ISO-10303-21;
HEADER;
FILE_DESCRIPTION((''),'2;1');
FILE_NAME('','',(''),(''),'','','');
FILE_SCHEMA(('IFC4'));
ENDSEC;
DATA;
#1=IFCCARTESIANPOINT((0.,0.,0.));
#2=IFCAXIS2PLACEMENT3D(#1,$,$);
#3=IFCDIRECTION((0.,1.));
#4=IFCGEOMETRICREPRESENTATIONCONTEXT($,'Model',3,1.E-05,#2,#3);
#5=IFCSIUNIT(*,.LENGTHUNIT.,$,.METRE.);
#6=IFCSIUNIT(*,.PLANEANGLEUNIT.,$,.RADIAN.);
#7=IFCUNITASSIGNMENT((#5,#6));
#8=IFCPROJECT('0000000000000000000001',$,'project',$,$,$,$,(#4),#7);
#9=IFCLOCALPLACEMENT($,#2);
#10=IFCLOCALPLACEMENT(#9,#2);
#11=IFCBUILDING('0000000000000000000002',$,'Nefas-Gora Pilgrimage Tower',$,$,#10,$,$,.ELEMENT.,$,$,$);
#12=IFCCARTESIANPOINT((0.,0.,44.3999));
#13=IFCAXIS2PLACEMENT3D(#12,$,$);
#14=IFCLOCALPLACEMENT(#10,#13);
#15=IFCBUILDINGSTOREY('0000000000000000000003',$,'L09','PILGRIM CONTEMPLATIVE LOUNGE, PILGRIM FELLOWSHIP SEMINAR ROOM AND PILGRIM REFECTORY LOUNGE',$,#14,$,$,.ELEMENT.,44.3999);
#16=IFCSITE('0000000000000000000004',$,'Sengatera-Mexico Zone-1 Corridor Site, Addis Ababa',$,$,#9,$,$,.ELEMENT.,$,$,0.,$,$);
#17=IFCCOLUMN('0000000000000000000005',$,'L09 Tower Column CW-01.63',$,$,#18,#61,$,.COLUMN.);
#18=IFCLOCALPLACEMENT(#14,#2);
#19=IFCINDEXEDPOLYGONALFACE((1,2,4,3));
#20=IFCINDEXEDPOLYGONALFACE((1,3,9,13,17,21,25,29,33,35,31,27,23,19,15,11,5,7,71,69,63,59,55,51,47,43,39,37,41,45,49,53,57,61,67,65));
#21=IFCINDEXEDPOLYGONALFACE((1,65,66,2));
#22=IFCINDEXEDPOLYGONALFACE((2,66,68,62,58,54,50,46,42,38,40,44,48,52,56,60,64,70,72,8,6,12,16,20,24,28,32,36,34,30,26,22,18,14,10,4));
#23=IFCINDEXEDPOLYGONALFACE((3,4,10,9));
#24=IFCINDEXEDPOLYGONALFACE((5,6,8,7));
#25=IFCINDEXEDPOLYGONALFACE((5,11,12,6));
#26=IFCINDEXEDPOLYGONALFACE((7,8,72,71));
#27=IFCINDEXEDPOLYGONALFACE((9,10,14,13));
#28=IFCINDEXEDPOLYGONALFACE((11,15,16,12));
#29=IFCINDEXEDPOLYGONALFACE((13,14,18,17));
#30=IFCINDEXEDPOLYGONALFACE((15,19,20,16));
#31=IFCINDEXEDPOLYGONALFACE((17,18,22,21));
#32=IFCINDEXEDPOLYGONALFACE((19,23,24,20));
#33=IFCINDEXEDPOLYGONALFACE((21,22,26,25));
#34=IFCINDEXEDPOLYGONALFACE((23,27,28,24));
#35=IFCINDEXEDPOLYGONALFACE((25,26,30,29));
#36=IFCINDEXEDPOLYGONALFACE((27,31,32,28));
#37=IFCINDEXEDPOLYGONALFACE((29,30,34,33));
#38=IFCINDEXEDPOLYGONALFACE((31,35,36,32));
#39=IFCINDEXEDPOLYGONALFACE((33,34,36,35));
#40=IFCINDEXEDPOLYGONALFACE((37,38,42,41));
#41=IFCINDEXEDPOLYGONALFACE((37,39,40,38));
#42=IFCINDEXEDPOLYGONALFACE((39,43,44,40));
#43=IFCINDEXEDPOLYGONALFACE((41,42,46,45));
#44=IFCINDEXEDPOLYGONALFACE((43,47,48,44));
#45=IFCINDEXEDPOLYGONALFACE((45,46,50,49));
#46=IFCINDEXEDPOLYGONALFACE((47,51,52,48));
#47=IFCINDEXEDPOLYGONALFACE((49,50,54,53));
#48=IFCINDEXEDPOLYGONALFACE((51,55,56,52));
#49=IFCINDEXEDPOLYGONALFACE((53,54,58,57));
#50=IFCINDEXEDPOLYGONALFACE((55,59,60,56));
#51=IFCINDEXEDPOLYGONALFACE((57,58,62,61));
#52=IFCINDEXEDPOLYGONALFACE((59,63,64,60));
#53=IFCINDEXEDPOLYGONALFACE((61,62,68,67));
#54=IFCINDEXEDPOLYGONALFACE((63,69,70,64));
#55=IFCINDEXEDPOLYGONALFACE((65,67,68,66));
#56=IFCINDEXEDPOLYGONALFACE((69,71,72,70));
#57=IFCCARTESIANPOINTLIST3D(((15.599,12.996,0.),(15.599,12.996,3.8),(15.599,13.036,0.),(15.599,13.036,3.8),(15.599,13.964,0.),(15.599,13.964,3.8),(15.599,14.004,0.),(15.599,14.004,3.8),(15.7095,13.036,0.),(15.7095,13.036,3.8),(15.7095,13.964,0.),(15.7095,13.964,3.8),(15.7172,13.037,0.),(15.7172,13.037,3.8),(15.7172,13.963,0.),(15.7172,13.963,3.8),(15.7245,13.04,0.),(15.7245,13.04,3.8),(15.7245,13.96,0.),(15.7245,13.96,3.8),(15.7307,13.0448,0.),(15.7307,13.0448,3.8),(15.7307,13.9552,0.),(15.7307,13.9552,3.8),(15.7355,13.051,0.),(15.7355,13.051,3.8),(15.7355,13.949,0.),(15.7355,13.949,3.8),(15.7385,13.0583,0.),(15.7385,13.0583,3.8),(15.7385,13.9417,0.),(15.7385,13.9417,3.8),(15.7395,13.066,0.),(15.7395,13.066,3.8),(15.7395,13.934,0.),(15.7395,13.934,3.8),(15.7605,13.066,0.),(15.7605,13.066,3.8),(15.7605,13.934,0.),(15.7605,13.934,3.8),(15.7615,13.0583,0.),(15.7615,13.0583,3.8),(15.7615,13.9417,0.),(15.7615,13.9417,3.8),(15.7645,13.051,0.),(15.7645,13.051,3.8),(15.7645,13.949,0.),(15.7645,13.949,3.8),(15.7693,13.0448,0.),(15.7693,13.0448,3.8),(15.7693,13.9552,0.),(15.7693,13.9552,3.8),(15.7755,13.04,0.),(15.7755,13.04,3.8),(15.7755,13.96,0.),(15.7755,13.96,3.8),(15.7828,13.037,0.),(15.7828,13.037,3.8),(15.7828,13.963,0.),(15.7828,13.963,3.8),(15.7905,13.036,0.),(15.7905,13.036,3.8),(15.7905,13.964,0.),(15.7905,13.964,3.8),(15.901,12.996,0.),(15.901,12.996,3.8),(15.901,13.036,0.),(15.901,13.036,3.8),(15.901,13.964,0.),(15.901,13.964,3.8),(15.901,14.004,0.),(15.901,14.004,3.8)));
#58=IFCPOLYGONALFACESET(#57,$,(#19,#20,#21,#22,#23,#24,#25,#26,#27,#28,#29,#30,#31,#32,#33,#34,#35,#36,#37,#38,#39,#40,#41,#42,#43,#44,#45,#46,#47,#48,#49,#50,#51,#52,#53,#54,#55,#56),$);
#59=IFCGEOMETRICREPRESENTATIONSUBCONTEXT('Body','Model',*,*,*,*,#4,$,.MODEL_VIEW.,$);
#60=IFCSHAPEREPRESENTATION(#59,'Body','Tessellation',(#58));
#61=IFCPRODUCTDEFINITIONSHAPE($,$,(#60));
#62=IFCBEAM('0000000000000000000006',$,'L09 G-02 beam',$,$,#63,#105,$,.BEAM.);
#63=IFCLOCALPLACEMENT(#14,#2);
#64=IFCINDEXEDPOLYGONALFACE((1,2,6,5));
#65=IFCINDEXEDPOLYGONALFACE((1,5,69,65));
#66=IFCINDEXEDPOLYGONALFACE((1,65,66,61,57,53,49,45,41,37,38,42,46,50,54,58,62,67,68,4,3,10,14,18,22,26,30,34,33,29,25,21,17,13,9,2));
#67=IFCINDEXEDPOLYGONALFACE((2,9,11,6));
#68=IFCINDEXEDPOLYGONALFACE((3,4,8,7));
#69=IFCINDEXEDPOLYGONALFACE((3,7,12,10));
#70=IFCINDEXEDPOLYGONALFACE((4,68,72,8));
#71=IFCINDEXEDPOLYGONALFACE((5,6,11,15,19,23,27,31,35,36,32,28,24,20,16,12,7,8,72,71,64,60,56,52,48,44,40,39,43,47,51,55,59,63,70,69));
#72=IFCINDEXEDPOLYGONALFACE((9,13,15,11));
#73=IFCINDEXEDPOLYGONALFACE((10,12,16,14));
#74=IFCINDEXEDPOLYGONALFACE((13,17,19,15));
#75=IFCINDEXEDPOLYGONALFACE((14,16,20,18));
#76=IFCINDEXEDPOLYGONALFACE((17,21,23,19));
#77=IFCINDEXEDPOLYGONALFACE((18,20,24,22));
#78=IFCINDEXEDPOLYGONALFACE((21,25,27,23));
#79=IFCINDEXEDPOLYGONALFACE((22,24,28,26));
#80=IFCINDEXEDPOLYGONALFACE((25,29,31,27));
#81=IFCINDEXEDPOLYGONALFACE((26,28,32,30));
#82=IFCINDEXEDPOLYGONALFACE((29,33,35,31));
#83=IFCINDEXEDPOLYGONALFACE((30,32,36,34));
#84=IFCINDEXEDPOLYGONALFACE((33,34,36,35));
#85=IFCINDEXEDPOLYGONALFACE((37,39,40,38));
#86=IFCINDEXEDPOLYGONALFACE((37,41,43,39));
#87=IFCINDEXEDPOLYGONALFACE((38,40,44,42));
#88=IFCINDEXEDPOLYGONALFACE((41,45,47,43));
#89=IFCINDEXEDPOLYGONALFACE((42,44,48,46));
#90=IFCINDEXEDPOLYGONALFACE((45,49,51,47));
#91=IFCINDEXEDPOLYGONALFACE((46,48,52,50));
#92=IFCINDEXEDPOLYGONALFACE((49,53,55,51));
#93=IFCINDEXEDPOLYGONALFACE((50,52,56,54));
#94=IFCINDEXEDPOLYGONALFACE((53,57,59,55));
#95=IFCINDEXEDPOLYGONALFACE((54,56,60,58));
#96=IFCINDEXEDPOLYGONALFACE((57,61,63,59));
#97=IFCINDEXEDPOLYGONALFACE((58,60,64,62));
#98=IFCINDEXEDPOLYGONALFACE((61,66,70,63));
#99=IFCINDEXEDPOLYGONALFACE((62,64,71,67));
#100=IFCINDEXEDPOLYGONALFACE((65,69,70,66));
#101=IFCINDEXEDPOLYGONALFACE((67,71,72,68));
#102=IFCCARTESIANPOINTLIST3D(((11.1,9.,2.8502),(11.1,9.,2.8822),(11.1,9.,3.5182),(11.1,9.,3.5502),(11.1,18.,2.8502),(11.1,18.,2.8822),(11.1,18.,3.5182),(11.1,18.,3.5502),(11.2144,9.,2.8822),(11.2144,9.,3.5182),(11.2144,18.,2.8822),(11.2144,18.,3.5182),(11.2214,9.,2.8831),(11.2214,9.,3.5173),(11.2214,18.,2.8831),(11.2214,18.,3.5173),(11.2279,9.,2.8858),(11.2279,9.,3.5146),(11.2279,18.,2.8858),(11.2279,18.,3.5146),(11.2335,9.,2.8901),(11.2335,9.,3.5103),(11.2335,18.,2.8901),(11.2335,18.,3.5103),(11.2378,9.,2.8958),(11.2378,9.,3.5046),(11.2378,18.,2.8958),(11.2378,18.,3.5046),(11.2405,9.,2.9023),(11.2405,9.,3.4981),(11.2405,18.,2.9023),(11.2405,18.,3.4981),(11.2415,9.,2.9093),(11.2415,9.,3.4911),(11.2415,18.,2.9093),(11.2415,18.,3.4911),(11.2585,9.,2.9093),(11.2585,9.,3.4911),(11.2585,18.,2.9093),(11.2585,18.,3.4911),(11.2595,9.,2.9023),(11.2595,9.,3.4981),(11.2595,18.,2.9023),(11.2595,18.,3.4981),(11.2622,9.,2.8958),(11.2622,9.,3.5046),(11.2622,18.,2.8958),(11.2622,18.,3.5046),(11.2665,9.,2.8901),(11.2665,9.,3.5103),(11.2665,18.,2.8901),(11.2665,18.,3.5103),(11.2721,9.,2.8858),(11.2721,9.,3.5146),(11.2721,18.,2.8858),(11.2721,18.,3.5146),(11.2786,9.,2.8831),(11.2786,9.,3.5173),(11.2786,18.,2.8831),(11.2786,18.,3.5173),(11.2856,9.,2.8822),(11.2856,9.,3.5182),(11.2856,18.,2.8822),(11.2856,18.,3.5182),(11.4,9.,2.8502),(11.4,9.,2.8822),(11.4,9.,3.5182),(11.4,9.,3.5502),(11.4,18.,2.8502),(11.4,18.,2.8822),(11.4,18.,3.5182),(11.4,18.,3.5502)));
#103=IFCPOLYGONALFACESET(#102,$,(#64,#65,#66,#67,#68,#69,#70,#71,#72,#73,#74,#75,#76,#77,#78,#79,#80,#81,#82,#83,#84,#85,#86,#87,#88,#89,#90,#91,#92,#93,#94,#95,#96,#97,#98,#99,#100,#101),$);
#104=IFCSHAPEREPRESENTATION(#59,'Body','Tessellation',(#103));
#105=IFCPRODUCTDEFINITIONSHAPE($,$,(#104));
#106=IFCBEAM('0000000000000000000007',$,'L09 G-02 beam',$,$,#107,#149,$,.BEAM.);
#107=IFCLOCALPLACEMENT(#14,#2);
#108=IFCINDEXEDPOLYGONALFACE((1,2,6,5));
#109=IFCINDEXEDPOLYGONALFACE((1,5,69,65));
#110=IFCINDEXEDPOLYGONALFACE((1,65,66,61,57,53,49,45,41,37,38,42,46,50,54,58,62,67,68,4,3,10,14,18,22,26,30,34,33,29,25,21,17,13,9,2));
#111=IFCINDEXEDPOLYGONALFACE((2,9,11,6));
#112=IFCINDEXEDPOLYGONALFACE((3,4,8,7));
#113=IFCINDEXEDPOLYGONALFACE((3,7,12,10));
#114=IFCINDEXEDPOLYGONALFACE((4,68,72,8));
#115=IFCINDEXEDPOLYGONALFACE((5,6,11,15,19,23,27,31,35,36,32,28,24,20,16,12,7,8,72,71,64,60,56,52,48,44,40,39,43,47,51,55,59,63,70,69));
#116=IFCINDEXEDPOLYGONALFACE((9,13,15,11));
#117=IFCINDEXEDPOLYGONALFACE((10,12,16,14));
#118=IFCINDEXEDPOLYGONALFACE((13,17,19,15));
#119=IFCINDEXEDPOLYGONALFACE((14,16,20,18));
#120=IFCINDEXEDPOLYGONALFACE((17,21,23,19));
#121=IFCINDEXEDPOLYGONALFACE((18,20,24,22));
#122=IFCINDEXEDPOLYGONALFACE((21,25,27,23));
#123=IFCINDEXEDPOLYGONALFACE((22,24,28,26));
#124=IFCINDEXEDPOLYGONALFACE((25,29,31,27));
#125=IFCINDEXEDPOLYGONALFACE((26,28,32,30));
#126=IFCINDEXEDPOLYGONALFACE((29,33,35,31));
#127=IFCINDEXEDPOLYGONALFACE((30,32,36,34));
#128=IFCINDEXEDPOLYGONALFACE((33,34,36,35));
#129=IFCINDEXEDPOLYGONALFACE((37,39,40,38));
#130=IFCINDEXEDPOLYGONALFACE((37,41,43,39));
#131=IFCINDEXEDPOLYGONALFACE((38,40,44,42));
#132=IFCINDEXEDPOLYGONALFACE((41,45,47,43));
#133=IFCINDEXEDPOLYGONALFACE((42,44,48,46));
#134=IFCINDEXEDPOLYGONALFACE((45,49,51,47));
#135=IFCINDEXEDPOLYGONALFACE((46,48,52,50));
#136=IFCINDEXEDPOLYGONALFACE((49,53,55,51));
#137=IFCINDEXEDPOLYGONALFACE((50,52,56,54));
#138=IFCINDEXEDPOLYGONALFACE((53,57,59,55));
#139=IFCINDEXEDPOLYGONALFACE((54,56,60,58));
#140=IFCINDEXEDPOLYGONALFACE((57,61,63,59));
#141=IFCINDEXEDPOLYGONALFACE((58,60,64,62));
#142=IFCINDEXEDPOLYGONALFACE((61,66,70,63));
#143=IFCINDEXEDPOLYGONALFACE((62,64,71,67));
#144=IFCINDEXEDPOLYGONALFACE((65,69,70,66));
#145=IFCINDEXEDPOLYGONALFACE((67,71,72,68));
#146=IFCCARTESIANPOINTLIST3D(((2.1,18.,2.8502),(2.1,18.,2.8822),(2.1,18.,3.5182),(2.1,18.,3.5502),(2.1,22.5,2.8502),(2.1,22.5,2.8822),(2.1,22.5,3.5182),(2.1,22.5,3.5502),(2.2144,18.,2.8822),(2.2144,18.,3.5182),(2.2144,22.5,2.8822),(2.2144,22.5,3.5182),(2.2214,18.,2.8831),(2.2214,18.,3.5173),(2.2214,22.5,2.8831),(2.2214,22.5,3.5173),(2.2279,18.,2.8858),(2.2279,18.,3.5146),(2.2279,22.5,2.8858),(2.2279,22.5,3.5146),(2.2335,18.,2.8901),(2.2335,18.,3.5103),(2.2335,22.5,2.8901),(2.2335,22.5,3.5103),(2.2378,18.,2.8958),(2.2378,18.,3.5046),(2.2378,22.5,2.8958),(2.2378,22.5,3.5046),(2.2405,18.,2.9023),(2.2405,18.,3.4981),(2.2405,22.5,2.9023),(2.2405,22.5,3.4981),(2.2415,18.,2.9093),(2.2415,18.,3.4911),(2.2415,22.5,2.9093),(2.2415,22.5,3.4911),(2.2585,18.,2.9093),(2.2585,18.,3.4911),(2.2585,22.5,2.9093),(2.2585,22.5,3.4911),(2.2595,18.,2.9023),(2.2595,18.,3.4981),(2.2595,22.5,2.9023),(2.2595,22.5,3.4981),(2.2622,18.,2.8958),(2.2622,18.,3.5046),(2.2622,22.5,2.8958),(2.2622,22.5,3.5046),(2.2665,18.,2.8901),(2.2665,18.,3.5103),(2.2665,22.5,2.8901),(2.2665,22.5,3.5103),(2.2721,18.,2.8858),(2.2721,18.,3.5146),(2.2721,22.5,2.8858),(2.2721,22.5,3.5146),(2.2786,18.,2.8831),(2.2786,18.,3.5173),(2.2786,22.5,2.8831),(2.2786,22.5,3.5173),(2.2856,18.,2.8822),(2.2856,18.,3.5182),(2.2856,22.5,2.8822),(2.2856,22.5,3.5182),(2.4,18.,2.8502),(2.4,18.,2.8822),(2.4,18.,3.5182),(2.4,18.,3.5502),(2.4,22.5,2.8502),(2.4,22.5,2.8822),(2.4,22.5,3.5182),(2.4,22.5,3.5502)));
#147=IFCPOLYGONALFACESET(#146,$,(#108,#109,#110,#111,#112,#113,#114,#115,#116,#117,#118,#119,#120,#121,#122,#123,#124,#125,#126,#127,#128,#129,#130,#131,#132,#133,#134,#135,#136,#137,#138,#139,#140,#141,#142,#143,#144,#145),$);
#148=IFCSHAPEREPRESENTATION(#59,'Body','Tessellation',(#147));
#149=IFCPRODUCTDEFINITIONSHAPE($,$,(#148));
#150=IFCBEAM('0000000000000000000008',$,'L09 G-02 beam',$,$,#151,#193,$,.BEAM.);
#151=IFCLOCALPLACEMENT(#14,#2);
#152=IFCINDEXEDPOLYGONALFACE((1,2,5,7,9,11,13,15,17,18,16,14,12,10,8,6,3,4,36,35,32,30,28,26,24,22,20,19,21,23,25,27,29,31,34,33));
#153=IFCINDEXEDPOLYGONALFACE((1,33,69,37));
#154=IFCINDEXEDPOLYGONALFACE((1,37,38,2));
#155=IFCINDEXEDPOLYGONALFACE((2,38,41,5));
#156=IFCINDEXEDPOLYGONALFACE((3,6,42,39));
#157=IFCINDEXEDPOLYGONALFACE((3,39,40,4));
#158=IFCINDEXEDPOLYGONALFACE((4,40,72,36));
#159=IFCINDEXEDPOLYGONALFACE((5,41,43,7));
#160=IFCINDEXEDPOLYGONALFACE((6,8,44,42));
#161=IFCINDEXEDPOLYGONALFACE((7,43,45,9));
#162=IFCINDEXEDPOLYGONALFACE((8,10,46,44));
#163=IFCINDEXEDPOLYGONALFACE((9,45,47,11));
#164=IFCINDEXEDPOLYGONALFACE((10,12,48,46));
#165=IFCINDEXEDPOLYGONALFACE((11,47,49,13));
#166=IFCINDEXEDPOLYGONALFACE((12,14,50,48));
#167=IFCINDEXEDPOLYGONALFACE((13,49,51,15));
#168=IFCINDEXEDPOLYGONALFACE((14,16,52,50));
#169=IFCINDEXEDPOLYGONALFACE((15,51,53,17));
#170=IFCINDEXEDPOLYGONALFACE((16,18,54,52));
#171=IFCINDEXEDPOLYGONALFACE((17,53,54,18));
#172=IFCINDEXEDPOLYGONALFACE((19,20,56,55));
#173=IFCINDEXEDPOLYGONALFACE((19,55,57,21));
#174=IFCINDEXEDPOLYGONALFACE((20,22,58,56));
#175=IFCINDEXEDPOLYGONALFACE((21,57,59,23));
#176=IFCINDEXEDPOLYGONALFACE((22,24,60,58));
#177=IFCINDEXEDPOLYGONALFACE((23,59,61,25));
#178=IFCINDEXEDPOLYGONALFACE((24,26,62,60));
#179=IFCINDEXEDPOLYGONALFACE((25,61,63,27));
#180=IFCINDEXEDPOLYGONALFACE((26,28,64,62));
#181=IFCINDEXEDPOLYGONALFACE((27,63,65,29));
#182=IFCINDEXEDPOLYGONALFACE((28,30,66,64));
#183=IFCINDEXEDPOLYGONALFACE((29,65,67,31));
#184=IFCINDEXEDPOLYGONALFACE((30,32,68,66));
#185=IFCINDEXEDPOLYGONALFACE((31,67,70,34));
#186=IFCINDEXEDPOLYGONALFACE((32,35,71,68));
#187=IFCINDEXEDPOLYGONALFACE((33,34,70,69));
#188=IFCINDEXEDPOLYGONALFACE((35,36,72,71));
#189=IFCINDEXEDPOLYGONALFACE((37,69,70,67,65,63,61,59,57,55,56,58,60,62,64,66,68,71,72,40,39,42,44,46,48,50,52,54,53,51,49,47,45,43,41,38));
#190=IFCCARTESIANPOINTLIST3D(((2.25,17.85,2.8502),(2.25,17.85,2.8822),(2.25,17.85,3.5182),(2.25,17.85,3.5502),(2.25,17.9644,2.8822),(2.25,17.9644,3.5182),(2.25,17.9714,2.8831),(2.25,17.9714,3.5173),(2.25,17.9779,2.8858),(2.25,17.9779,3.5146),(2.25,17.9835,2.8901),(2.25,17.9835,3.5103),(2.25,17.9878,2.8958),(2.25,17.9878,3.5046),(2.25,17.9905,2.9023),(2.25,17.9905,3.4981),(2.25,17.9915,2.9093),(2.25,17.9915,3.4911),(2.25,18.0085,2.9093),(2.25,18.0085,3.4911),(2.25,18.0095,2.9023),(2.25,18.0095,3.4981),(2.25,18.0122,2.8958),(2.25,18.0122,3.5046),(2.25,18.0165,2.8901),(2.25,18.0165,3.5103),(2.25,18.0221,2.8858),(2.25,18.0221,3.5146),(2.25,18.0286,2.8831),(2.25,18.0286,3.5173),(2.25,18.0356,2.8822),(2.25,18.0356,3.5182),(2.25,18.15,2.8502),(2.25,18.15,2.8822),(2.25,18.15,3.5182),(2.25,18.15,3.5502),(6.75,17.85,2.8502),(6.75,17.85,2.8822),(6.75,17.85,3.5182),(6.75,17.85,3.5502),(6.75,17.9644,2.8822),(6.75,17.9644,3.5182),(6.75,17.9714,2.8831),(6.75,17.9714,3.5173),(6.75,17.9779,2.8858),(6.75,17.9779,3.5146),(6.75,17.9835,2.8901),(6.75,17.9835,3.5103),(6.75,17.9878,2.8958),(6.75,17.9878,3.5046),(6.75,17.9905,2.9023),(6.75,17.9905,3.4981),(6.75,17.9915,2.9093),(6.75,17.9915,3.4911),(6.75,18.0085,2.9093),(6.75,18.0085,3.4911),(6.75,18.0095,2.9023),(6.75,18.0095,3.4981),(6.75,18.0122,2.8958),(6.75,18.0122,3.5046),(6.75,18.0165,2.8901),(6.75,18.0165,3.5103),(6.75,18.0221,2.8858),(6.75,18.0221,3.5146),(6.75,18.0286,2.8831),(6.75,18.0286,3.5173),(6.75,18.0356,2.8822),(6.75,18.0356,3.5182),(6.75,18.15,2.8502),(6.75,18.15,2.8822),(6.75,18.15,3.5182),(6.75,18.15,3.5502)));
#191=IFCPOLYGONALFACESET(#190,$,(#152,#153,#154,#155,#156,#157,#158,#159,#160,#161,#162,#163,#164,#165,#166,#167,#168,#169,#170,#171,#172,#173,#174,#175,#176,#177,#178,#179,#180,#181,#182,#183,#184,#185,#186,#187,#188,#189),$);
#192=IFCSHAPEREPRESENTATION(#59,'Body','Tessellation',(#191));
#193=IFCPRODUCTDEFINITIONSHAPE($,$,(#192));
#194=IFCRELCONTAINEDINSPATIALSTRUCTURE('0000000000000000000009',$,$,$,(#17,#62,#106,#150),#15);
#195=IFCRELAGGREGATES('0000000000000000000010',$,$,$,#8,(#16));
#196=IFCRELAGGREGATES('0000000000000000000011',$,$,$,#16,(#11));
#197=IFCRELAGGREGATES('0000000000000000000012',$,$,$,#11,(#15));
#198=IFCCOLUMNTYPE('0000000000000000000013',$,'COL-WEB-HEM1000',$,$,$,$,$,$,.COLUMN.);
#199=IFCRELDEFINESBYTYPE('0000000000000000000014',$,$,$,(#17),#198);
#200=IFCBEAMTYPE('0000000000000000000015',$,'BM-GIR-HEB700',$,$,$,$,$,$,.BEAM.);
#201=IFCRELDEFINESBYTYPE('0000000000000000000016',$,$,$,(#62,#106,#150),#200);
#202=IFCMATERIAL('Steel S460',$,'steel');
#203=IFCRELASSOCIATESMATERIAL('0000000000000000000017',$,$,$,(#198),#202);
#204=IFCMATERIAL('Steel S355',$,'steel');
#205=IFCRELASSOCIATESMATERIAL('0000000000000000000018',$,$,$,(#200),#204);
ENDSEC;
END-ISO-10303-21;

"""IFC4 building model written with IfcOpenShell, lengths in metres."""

from ifc_helpers import new_model, si_unit, direction, frame, origin, origin_2d, place, context, subcontext, project, spatial, i_section, extrude, source, transform, mapped, material, material_profile, profile_set, type_object, element, save


model = new_model("IFC4")

# Units and contexts
model_context = context("Model", 3, precision=1e-05, world=origin(), true_north=direction((0.0, 1.0)))
body_context = subcontext(model_context, "Body", "Model", "MODEL_VIEW")
ifc_project = project(units=[si_unit("LENGTHUNIT", "METRE"), si_unit("PLANEANGLEUNIT", "RADIAN")], contexts=[model_context])

# Site, building, storey
site_placement = place(None, origin())
site = spatial("IfcSite", under=ifc_project, at=site_placement, Name="Sengatera-Mexico Zone-1 Corridor Site, Addis Ababa", CompositionType="ELEMENT", RefElevation=0.0)
building_placement = place(site_placement, origin())
building = spatial("IfcBuilding", under=site, at=building_placement, Name="Nefas-Gora Pilgrimage Tower", CompositionType="ELEMENT")
storey_placement = place(building_placement, frame((0.0, 0.0, 44.3999)))
storey = spatial("IfcBuildingStorey", under=building, at=storey_placement, Name="L09", Description="PILGRIM CONTEMPLATIVE LOUNGE, PILGRIM FELLOWSHIP SEMINAR ROOM AND PILGRIM REFECTORY LOUNGE", CompositionType="ELEMENT", Elevation=44.3999)

# Column
ifc_material_1 = material(Name="Steel S460", Category="steel")
ifc_material_profile_1 = material_profile(ifc_material_1, i_section(OverallWidth=0.302, OverallDepth=1.0081, WebThickness=0.021, FlangeThickness=0.04, FilletRadius=0.03, at=origin_2d()), Name="HEM 1000")
ifc_profile_set_1 = profile_set([ifc_material_profile_1], Name="Steel S460")
column_type_1 = type_object("IfcColumnType", Name="COL-WEB-HEM1000", PredefinedType="COLUMN", material=ifc_profile_set_1)
shared_shape_1 = source(origin(), body_context, "Body", "SweptSolid", [
    extrude(i_section(OverallWidth=0.302, OverallDepth=1.0081, WebThickness=0.021, FlangeThickness=0.04, FilletRadius=0.03, at=origin_2d()), origin(), (0.0, 0.0, 1.0), 3.8),
])
for number, where, z_axis, x_axis, name in (
    (1, (15.75, 13.5, 0.0), (0.0, 0.0, 1.0), (1.0, 0.0, 0.0), "L09 Tower Column CW-01.63"),
):
    element("IfcColumn", number, at=place(storey_placement, frame(where, z_axis=z_axis, x_axis=x_axis)), inside=storey, type_object=column_type_1, Name=name, PredefinedType="COLUMN", context=body_context, shape_type="MappedRepresentation", body=[
        mapped(shared_shape_1, transform((0.0, 0.0, 0.0), x_axis=(1.0, 0.0, 0.0), y_axis=(0.0, 1.0, 0.0), z_axis=(0.0, 0.0, 1.0), scale=1.0)),
    ])

# Beams
ifc_material_2 = material(Name="Steel S355", Category="steel")
ifc_material_profile_2 = material_profile(ifc_material_2, i_section(OverallWidth=0.3, OverallDepth=0.7, WebThickness=0.0171, FlangeThickness=0.032, FilletRadius=0.0271, at=origin_2d()), Name="HEB 700")
ifc_profile_set_2 = profile_set([ifc_material_profile_2], Name="Steel S355")
beam_type_1 = type_object("IfcBeamType", Name="BM-GIR-HEB700", PredefinedType="BEAM", material=ifc_profile_set_2)
shared_shape_2 = source(origin(), body_context, "Body", "SweptSolid", [
    extrude(i_section(OverallWidth=0.3, OverallDepth=0.7, WebThickness=0.0171, FlangeThickness=0.032, FilletRadius=0.0271, at=origin_2d()), origin(), (0.0, 0.0, 1.0), 9.0),
])
beam_1_placement = place(storey_placement, frame((11.25, 9.0, 3.2002), z_axis=(0.0, 1.0, 0.0), x_axis=(-1.0, 0.0, 0.0)))
element("IfcBeam", 2, at=beam_1_placement, inside=storey, type_object=beam_type_1, Name="L09 G-02 beam", PredefinedType="BEAM", context=body_context, shape_type="MappedRepresentation", body=[
    mapped(shared_shape_2, transform((0.0, 0.0, 0.0), x_axis=(1.0, 0.0, 0.0), y_axis=(0.0, 1.0, 0.0), z_axis=(0.0, 0.0, 1.0), scale=1.0)),
])
shared_shape_3 = source(origin(), body_context, "Body", "SweptSolid", [
    extrude(i_section(OverallWidth=0.3, OverallDepth=0.7, WebThickness=0.0171, FlangeThickness=0.032, FilletRadius=0.0271, at=origin_2d()), origin(), (0.0, 0.0, 1.0), 4.5),
])
for number, where, z_axis, x_axis, name in (
    (3, (2.25, 18.0, 3.2002), (0.0, 1.0, 0.0), (-1.0, 0.0, 0.0), "L09 G-02 beam"),
    (4, (2.25, 18.0, 3.2002), (1.0, 0.0, 0.0), (0.0, 1.0, 0.0), "L09 G-02 beam"),
):
    element("IfcBeam", number, at=place(storey_placement, frame(where, z_axis=z_axis, x_axis=x_axis)), inside=storey, type_object=beam_type_1, Name=name, PredefinedType="BEAM", context=body_context, shape_type="MappedRepresentation", body=[
        mapped(shared_shape_3, transform((0.0, 0.0, 0.0), x_axis=(1.0, 0.0, 0.0), y_axis=(0.0, 1.0, 0.0), z_axis=(0.0, 0.0, 1.0), scale=1.0)),
    ])

save(model, "model.ifc")
